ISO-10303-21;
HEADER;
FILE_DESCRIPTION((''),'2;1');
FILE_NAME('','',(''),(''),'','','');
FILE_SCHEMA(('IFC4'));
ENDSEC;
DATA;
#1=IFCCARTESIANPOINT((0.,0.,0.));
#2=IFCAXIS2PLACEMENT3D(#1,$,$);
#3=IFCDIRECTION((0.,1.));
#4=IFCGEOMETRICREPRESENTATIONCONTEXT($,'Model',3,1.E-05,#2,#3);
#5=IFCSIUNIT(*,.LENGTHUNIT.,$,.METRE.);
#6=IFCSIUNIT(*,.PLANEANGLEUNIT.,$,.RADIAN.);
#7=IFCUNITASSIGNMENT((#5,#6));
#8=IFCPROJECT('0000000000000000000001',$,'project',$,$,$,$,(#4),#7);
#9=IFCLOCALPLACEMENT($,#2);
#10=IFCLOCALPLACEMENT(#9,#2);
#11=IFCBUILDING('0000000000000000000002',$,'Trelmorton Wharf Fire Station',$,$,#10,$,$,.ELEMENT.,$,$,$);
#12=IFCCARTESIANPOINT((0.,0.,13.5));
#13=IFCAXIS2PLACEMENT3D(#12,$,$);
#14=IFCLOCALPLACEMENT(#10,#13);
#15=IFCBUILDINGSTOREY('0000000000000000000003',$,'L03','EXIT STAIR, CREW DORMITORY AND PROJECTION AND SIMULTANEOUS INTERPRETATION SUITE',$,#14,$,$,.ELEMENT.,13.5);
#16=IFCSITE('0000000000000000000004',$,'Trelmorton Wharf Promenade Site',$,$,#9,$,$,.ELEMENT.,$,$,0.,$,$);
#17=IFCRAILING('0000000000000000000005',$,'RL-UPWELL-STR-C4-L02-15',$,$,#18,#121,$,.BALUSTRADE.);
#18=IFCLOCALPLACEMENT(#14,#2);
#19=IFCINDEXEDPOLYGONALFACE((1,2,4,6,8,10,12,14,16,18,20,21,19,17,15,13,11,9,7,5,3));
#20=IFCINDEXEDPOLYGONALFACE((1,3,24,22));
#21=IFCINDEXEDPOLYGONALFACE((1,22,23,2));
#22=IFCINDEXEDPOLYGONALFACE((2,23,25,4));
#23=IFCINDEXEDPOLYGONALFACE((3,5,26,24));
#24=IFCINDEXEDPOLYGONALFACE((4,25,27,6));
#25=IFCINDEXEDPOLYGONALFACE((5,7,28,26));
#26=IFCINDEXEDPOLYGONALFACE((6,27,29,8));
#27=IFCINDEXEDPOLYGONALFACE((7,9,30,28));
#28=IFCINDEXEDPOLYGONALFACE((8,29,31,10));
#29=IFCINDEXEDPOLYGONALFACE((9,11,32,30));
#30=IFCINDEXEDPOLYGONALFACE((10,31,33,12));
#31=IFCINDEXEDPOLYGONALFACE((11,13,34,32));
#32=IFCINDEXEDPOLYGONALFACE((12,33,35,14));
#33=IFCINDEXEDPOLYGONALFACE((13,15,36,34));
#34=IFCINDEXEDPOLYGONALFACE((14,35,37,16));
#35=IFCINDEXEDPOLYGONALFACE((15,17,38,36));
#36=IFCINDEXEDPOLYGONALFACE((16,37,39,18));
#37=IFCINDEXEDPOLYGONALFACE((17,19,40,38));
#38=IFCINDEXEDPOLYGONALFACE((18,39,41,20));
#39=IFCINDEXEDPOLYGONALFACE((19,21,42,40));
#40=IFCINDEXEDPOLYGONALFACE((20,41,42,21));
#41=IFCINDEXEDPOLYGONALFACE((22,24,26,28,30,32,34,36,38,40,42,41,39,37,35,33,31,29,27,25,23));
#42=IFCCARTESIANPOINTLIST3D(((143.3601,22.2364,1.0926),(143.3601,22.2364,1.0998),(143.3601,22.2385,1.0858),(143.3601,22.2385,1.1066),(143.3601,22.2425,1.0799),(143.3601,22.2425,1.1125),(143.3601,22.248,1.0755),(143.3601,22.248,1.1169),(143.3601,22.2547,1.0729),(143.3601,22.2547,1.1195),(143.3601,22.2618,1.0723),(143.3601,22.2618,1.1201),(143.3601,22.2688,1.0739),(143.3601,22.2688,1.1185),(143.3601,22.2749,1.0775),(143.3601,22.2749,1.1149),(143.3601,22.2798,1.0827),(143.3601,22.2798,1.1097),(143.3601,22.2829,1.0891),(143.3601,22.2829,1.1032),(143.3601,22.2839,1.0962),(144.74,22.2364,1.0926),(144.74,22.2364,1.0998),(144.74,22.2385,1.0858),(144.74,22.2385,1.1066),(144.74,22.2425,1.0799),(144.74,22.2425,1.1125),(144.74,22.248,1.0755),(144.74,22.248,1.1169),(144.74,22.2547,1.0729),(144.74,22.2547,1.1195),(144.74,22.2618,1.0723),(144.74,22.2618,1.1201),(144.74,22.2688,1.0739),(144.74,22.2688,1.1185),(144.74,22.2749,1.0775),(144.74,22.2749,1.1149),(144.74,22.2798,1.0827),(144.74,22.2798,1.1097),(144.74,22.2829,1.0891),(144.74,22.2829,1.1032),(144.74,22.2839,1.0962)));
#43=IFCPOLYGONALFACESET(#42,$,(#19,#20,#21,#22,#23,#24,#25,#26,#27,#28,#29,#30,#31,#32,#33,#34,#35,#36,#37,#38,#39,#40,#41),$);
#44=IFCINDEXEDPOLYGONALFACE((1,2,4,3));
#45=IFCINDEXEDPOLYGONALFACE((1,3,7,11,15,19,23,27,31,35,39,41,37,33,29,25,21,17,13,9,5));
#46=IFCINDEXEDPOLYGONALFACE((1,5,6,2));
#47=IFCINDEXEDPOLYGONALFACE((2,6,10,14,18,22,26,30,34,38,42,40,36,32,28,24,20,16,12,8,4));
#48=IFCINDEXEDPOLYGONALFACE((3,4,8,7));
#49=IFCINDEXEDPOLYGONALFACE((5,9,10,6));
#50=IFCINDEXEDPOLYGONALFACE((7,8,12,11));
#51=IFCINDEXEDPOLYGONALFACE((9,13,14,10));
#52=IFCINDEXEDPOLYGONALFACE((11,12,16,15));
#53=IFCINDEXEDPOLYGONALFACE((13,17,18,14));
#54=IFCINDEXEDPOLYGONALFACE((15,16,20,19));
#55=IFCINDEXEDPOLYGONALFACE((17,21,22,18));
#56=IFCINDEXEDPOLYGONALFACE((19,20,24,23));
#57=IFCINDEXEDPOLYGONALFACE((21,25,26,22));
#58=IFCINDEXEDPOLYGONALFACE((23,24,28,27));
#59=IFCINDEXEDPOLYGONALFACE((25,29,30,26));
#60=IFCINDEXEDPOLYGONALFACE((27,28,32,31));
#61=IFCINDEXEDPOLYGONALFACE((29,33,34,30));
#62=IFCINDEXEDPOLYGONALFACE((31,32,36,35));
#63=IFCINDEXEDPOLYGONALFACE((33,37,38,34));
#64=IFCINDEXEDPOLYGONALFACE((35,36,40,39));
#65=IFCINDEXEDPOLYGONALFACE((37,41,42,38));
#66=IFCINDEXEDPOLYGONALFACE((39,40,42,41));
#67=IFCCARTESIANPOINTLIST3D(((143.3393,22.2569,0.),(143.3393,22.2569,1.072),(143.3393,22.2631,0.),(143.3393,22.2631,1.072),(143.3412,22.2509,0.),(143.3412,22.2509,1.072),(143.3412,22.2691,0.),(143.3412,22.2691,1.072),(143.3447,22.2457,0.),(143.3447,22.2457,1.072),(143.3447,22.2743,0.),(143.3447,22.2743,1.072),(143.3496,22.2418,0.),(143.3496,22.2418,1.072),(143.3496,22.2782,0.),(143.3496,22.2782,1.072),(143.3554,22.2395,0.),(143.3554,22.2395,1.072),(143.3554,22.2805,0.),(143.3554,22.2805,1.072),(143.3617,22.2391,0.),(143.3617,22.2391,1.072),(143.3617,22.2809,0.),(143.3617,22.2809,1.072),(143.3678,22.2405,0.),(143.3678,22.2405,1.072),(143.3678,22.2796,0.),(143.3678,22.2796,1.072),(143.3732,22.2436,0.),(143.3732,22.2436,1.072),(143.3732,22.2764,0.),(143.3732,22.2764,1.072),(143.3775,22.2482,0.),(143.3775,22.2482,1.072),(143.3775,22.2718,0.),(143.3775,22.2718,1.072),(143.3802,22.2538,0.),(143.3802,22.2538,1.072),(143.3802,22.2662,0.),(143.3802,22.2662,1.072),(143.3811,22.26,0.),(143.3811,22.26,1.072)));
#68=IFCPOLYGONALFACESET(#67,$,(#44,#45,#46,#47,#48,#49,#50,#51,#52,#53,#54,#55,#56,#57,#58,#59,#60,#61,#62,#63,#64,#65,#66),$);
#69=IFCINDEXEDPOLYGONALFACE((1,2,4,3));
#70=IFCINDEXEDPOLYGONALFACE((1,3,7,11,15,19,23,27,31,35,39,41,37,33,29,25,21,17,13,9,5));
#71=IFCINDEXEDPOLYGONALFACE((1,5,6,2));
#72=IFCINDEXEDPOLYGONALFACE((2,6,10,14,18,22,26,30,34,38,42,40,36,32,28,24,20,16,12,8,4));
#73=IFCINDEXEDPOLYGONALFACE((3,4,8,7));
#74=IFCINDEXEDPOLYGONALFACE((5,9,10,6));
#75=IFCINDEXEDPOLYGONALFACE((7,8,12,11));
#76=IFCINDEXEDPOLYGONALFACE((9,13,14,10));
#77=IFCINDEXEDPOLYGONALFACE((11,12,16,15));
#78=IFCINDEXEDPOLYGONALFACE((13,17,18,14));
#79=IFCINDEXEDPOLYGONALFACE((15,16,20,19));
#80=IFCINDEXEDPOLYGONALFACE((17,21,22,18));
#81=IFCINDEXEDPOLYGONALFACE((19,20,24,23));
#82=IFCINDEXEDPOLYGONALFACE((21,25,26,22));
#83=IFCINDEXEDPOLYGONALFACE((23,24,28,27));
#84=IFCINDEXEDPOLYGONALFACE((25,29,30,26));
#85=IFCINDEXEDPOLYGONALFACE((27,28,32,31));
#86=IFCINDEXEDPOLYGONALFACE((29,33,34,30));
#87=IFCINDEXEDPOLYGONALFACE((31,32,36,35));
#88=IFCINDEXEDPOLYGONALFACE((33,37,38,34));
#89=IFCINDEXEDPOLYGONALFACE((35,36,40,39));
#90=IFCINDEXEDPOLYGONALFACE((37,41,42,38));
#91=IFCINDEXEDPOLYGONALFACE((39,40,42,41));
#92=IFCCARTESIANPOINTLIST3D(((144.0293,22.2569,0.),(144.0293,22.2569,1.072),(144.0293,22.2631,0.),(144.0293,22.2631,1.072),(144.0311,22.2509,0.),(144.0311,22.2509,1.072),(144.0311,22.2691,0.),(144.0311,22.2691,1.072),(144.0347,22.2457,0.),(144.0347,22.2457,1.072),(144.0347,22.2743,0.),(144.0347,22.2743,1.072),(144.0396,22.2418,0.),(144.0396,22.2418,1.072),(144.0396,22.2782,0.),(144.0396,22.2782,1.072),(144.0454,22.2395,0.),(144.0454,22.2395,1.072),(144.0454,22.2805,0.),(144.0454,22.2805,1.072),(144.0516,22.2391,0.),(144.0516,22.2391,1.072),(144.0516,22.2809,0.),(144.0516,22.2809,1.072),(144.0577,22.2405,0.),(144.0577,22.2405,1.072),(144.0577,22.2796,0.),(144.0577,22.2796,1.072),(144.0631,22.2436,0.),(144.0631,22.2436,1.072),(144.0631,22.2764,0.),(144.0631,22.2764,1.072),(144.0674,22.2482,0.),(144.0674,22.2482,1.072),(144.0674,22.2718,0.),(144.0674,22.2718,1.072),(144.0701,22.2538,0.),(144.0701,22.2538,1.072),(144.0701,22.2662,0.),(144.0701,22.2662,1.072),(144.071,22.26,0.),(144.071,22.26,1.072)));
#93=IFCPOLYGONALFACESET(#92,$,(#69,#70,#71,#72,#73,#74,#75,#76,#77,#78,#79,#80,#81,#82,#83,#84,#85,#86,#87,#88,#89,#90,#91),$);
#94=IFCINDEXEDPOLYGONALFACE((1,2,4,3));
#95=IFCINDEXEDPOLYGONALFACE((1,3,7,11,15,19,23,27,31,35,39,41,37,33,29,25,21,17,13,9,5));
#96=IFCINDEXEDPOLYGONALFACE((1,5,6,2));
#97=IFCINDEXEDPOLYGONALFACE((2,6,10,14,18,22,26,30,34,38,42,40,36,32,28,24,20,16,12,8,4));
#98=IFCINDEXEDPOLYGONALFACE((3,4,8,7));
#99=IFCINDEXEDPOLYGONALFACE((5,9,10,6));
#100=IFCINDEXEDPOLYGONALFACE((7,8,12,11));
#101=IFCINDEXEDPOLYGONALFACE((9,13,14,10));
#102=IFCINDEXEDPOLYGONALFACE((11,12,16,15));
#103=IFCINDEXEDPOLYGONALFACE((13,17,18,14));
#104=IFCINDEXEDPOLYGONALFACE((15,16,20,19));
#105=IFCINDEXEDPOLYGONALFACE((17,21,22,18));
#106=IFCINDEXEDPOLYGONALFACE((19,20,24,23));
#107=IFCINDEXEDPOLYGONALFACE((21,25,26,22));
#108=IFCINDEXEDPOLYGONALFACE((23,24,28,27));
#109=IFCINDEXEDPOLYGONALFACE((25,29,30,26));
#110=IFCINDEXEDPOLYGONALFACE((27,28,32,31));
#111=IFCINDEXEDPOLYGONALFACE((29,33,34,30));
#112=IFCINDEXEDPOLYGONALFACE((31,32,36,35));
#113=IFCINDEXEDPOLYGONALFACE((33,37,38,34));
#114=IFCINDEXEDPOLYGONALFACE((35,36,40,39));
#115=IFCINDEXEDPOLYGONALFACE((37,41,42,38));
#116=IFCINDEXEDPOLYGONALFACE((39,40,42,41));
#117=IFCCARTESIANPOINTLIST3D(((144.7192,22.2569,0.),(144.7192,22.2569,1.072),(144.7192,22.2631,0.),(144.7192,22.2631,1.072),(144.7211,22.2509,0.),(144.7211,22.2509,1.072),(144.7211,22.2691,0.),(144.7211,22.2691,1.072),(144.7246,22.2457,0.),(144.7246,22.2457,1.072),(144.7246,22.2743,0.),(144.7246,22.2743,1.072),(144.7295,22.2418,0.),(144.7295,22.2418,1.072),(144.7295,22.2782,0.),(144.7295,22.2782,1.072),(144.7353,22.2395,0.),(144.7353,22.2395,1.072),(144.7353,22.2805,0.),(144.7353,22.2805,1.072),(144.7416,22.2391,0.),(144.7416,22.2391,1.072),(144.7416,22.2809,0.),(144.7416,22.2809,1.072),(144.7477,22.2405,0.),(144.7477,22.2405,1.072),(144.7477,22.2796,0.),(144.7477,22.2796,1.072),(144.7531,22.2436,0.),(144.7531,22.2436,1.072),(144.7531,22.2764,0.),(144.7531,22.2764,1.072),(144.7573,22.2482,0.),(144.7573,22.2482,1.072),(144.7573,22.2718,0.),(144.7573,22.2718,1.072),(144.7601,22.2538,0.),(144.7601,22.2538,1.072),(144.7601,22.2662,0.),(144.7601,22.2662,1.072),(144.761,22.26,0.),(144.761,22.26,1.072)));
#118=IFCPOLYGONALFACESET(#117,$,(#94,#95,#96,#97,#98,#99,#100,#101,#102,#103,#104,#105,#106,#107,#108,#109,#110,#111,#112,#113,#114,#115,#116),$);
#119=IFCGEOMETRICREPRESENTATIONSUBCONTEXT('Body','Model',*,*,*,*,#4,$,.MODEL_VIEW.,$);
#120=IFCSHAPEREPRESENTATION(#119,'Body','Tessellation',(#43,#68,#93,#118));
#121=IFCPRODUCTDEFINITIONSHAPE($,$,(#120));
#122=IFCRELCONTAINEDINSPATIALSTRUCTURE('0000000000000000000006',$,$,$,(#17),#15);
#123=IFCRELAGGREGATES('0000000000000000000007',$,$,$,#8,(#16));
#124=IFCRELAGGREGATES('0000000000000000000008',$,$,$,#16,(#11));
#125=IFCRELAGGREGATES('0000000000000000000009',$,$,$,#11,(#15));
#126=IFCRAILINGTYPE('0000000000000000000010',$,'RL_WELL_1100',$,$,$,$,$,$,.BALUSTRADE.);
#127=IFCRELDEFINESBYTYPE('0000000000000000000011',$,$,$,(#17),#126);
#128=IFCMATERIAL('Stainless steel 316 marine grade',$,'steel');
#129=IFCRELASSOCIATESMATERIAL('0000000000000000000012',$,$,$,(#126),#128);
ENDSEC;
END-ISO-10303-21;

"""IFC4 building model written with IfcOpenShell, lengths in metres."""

from ifc_helpers import new_model, si_unit, direction, frame, origin, origin_2d, place, context, subcontext, project, spatial, circle, extrude, material, type_object, element, save


model = new_model("IFC4")

# Units and contexts
model_context = context("Model", 3, precision=1e-05, world=origin(), true_north=direction((0.0, 1.0)))
body_context = subcontext(model_context, "Body", "Model", "MODEL_VIEW")
ifc_project = project(units=[si_unit("LENGTHUNIT", "METRE"), si_unit("PLANEANGLEUNIT", "RADIAN")], contexts=[model_context])

# Site, building, storey
site_placement = place(None, origin())
site = spatial("IfcSite", under=ifc_project, at=site_placement, Name="Trelmorton Wharf Promenade Site", CompositionType="ELEMENT", RefElevation=0.0)
building_placement = place(site_placement, origin())
building = spatial("IfcBuilding", under=site, at=building_placement, Name="Trelmorton Wharf Fire Station", CompositionType="ELEMENT")
storey_placement = place(building_placement, frame((0.0, 0.0, 13.5)))
storey = spatial("IfcBuildingStorey", under=building, at=storey_placement, Name="L03", Description="EXIT STAIR, CREW DORMITORY AND PROJECTION AND SIMULTANEOUS INTERPRETATION SUITE", CompositionType="ELEMENT", Elevation=13.5)

# Shared definitions
ifc_material_1 = material(Name="Stainless steel 316 marine grade", Category="steel")

# Railing
railing_type_1 = type_object("IfcRailingType", Name="RL_WELL_1100", PredefinedType="BALUSTRADE", material=ifc_material_1)
railing_1_placement = place(storey_placement, frame((143.3601, 22.26, 0.0)))
element("IfcRailing", 1, at=railing_1_placement, inside=storey, type_object=railing_type_1, Name="RL-UPWELL-STR-C4-L02-15", PredefinedType="BALUSTRADE", context=body_context, shape_type="SweptSolid", body=[
    extrude(circle(Radius=0.0239, at=origin_2d()), frame((0.0, 0.0, 1.0962), z_axis=(1.0, 0.0, 0.0), x_axis=(0.0, 1.0, 0.0)), (0.0, 0.0, 1.0), 1.3799),
    extrude(circle(Radius=0.021, at=origin_2d()), origin(), (0.0, 0.0, 1.0), 1.072),
    extrude(circle(Radius=0.021, at=origin_2d()), frame((0.6899, 0.0, 0.0)), (0.0, 0.0, 1.0), 1.072),
    extrude(circle(Radius=0.021, at=origin_2d()), frame((1.3799, 0.0, 0.0)), (0.0, 0.0, 1.0), 1.072),
])

save(model, "model.ifc")
